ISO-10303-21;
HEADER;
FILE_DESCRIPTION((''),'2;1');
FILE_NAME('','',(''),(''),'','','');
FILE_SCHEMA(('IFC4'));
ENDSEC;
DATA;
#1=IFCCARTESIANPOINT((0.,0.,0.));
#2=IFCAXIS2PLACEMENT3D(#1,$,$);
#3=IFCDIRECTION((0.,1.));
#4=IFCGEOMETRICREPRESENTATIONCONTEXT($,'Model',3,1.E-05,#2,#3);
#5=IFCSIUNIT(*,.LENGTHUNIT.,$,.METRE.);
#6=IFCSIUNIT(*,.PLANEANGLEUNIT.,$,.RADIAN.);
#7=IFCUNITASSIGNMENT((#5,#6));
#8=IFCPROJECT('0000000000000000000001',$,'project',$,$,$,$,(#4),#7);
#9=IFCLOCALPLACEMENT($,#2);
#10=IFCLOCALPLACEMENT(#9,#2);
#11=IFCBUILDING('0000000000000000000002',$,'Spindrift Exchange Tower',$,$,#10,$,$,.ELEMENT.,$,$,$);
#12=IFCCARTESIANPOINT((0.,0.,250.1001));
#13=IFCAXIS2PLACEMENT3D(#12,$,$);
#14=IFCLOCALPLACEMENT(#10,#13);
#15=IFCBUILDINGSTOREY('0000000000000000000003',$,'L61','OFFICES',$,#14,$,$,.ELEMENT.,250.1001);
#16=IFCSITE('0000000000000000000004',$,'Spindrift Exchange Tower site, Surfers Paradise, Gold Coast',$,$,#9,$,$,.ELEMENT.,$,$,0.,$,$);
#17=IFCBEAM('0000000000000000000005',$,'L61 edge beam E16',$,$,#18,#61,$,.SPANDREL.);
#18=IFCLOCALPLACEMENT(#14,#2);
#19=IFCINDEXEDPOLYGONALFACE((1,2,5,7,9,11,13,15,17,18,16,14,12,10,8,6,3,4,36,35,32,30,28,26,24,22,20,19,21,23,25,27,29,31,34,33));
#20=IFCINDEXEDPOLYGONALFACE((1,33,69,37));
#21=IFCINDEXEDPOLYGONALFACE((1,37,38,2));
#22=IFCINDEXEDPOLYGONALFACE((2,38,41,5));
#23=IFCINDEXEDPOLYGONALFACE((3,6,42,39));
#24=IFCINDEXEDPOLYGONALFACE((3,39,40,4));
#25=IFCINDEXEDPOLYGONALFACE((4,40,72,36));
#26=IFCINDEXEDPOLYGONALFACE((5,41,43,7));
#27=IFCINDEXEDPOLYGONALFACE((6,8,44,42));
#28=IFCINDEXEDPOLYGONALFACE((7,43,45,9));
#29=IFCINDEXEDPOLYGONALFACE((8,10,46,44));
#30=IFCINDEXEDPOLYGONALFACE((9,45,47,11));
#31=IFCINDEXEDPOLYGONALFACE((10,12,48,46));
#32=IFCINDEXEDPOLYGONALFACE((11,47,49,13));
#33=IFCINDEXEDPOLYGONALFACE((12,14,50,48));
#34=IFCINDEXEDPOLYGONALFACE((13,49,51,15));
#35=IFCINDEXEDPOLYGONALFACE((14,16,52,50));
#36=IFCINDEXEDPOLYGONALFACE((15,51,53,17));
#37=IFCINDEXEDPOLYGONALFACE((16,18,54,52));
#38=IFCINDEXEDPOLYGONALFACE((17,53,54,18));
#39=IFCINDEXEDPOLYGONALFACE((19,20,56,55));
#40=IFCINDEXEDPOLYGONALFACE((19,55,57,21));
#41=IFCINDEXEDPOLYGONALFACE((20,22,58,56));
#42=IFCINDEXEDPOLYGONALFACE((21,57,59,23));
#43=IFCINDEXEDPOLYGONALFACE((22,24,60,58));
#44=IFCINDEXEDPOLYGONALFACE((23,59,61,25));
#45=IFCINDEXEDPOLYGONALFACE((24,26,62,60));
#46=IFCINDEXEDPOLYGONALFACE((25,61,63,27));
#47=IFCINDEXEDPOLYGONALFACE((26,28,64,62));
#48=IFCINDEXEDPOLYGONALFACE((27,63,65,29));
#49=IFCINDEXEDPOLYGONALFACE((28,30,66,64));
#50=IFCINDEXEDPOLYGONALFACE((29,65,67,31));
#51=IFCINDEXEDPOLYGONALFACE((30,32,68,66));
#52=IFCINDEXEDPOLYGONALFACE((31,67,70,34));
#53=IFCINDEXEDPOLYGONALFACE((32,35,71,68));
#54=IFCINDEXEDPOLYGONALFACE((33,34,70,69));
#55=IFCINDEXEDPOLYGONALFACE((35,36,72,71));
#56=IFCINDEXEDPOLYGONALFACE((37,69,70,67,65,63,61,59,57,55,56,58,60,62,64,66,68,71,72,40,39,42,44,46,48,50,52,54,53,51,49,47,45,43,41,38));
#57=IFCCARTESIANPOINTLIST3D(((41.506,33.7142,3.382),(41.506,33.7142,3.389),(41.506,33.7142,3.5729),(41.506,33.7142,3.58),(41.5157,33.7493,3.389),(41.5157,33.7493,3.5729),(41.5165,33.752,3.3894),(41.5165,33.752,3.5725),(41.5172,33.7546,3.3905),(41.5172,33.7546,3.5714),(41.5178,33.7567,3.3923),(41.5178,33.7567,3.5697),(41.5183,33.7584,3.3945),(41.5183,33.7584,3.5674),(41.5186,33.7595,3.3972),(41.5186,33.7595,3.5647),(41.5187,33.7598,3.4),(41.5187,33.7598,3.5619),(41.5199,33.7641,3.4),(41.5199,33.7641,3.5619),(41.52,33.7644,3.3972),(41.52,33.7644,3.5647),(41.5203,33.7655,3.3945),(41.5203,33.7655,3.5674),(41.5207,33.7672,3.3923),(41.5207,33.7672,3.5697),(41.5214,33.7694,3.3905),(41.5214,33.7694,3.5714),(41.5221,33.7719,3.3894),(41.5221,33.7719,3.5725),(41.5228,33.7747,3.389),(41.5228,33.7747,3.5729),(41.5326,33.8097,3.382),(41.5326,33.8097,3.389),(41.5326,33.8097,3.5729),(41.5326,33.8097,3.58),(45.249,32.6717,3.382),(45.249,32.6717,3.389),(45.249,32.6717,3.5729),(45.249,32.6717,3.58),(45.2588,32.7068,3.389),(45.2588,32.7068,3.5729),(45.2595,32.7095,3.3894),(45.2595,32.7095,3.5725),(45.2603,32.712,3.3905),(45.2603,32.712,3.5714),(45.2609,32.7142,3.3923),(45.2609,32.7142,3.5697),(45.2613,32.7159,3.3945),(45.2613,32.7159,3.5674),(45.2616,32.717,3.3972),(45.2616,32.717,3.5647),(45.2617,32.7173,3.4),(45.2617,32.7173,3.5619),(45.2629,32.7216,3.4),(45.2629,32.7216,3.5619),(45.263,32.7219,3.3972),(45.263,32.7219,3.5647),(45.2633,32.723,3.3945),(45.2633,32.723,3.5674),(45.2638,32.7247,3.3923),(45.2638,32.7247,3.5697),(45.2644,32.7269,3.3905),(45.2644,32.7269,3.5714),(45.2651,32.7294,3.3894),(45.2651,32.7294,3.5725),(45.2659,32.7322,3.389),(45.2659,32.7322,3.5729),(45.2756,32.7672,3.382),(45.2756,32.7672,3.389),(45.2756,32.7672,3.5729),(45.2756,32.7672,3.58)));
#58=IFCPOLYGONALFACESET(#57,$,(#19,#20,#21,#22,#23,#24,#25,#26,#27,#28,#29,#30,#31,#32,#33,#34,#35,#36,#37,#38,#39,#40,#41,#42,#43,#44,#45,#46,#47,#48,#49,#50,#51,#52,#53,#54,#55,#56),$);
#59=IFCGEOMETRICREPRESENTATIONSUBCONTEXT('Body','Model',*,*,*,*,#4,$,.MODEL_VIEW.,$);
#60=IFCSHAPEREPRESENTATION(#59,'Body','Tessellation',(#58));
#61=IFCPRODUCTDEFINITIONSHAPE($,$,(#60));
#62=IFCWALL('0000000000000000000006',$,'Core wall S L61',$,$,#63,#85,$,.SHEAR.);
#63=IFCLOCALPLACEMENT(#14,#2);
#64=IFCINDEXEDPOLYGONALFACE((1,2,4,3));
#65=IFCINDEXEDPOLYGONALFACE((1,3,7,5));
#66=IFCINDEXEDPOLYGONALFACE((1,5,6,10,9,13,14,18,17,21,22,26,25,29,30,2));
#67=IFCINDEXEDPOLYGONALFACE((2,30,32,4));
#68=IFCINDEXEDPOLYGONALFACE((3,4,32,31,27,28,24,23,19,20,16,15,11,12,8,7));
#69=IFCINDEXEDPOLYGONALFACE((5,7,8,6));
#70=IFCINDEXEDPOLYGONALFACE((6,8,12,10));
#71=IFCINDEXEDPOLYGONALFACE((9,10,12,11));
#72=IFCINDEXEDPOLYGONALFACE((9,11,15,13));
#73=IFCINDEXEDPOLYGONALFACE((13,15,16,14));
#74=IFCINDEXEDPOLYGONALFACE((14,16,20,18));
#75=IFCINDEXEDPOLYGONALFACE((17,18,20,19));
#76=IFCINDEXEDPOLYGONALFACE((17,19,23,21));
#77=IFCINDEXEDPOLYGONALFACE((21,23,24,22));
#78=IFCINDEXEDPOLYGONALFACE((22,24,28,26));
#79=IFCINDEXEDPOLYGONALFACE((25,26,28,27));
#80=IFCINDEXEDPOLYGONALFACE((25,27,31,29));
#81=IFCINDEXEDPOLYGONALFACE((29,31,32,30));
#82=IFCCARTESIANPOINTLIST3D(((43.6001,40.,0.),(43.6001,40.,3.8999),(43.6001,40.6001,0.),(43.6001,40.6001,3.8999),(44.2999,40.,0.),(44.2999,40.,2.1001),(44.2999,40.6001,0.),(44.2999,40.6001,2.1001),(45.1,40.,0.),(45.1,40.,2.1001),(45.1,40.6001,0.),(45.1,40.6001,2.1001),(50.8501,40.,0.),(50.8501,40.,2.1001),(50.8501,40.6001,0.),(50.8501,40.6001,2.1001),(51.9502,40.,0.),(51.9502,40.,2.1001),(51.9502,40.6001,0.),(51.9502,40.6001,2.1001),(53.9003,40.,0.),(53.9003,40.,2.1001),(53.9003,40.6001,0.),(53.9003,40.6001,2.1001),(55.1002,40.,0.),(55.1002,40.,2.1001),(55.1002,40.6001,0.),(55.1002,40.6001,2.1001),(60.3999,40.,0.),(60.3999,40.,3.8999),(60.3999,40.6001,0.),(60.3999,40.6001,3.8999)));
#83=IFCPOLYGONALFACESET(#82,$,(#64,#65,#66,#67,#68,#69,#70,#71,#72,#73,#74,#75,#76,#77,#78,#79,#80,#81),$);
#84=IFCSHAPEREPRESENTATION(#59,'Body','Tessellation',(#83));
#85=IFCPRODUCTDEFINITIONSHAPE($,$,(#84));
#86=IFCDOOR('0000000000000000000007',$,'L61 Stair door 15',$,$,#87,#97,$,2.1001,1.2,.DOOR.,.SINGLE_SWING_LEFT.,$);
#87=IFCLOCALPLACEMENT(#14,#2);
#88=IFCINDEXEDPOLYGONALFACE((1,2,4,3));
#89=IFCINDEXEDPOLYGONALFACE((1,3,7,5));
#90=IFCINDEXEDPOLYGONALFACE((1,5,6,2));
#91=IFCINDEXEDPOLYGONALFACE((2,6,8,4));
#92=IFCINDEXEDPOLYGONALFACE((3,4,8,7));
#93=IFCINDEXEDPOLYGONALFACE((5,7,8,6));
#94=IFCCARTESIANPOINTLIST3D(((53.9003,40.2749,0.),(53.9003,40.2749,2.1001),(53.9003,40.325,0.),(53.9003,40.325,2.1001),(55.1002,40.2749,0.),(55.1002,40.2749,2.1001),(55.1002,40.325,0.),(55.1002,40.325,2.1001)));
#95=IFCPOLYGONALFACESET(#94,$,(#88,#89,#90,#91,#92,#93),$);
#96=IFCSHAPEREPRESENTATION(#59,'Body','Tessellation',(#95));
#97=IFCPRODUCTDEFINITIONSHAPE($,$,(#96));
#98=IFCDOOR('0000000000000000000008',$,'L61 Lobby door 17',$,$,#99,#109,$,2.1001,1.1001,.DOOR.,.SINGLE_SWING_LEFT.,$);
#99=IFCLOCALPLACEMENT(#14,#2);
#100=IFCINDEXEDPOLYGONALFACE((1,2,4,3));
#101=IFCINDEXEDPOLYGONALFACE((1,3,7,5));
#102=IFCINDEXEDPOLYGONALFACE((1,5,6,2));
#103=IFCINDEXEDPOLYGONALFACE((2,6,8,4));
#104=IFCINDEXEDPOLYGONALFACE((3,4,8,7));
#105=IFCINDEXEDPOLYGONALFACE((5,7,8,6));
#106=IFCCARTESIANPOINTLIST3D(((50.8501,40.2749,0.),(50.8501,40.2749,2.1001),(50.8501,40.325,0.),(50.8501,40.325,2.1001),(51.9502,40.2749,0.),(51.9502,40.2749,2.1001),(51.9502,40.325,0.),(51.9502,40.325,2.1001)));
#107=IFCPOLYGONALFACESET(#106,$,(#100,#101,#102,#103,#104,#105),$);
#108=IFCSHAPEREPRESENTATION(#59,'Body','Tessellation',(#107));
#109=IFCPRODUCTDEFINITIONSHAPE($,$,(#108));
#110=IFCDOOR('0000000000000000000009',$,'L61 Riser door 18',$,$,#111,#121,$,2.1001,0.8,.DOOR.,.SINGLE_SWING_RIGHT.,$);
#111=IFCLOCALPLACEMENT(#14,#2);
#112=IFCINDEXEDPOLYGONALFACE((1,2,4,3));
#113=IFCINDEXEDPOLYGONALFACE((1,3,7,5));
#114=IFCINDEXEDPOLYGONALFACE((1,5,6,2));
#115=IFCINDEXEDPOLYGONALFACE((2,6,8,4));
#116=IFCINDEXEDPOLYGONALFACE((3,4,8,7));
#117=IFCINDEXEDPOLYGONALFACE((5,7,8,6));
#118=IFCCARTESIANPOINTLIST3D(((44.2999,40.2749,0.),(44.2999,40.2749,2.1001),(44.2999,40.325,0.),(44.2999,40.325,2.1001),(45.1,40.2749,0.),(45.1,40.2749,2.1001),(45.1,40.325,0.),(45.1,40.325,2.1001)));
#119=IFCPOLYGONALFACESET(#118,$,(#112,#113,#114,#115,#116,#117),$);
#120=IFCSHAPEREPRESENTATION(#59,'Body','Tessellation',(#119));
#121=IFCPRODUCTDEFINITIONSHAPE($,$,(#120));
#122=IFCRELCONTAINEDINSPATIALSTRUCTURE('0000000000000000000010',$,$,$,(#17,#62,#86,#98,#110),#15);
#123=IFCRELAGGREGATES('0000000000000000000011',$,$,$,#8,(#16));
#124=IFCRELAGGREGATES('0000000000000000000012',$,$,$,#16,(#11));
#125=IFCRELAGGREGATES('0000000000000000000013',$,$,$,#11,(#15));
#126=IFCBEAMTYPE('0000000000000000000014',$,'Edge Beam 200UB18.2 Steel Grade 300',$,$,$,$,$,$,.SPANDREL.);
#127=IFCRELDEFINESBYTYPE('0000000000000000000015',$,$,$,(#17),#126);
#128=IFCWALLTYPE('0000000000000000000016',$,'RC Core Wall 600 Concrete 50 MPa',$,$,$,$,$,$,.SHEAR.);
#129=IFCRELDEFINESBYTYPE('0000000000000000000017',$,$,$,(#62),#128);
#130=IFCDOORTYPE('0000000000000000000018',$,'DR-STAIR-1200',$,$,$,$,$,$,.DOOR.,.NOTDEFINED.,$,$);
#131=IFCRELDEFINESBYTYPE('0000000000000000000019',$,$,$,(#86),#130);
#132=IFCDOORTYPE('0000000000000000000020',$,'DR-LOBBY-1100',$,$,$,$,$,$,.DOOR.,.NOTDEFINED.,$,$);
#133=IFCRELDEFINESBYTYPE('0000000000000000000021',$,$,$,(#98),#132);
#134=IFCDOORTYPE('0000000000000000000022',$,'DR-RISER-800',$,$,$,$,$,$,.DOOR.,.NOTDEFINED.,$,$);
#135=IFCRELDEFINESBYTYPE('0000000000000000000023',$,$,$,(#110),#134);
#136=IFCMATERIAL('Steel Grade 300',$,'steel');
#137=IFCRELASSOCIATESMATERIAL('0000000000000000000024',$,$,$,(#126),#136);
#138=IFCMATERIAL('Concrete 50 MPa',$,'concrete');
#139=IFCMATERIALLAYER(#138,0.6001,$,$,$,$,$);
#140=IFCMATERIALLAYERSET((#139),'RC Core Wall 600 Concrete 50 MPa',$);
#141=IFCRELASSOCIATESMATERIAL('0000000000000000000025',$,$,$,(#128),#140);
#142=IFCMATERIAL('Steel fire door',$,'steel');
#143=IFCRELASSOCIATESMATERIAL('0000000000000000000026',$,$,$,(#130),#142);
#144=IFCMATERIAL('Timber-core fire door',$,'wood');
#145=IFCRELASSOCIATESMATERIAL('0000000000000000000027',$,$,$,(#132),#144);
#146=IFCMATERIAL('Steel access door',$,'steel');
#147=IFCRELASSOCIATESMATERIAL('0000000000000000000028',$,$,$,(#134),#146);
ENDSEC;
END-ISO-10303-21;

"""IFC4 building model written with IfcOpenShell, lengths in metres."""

from ifc_helpers import new_model, si_unit, direction, frame, frame_2d, origin, origin_2d, place, context, subcontext, project, spatial, rectangle, i_section, extrude, source, transform, mapped, material, layer, layer_set, material_profile, profile_set, type_object, element, fill, save


model = new_model("IFC4")

# Units and contexts
model_context = context("Model", 3, precision=1e-05, world=origin(), true_north=direction((0.0, 1.0)))
body_context = subcontext(model_context, "Body", "Model", "MODEL_VIEW")
ifc_project = project(units=[si_unit("LENGTHUNIT", "METRE"), si_unit("PLANEANGLEUNIT", "RADIAN")], contexts=[model_context])

# Site, building, storey
site_placement = place(None, origin())
site = spatial("IfcSite", under=ifc_project, at=site_placement, Name="Spindrift Exchange Tower site, Surfers Paradise, Gold Coast", CompositionType="ELEMENT", RefElevation=0.0)
building_placement = place(site_placement, origin())
building = spatial("IfcBuilding", under=site, at=building_placement, Name="Spindrift Exchange Tower", CompositionType="ELEMENT")
storey_placement = place(building_placement, frame((0.0, 0.0, 250.1001)))
storey = spatial("IfcBuildingStorey", under=building, at=storey_placement, Name="L61", Description="OFFICES", CompositionType="ELEMENT", Elevation=250.1001)

# Beam
ifc_material_1 = material(Name="Steel Grade 300", Category="steel")
ifc_material_profile_1 = material_profile(ifc_material_1, i_section(OverallWidth=0.0991, OverallDepth=0.198, WebThickness=0.0044, FlangeThickness=0.0071, FilletRadius=0.011, at=origin_2d()), Name="200UB18.2")
ifc_profile_set_1 = profile_set([ifc_material_profile_1], Name="Steel Grade 300")
beam_type_1 = type_object("IfcBeamType", Name="Edge Beam 200UB18.2 Steel Grade 300", PredefinedType="SPANDREL", material=ifc_profile_set_1)
shared_shape_1 = source(origin(), body_context, "Body", "SweptSolid", [
    extrude(i_section(OverallWidth=0.0991, OverallDepth=0.198, WebThickness=0.0044, FlangeThickness=0.0071, FilletRadius=0.011, at=origin_2d()), origin(), (0.0, 0.0, 1.0), 3.8855),
])
beam_1_placement = place(storey_placement, frame((41.5193, 33.762, 3.481), z_axis=(0.963333, -0.268308, 0.0), x_axis=(0.268308, 0.963333, 0.0)))
element("IfcBeam", 1, at=beam_1_placement, inside=storey, type_object=beam_type_1, Name="L61 edge beam E16", PredefinedType="SPANDREL", context=body_context, shape_type="MappedRepresentation", body=[
    mapped(shared_shape_1, transform((0.0, 0.0, 0.0), scale=1.0)),
])

# Wall, openings, doors
ifc_material_2 = material(Name="Concrete 50 MPa", Category="concrete")
ifc_layer_1 = layer(ifc_material_2, 0.6001)
ifc_layer_set_1 = layer_set([ifc_layer_1], Name="RC Core Wall 600 Concrete 50 MPa")
wall_type_1 = type_object("IfcWallType", Name="RC Core Wall 600 Concrete 50 MPa", PredefinedType="SHEAR", material=ifc_layer_set_1)
wall_1_placement = place(storey_placement, frame((43.6001, 40.3, 0.0), z_axis=(0.0, 0.0, 1.0), x_axis=(1.0, 0.0, 0.0)))
wall_1 = element("IfcWall", 2, at=wall_1_placement, inside=storey, type_object=wall_type_1, Name="Core wall S L61", PredefinedType="SHEAR", context=body_context, shape_type="SweptSolid", body=[
    extrude(rectangle(XDim=16.7998, YDim=0.6001, at=frame_2d((8.3999, 0.0))), origin(), (0.0, 0.0, 1.0), 3.8999),
])
opening_1_placement = place(wall_1_placement, frame((10.3, 0.0, 0.0)))
opening_1 = element("IfcOpeningElement", 3, at=opening_1_placement, cuts=wall_1, PredefinedType="OPENING", context=body_context, shape_type="SweptSolid", body=[
    extrude(rectangle(XDim=1.2, YDim=2.1001, at=frame_2d((0.6001, 1.05))), frame((0.0, 0.3101, 0.0), z_axis=(0.0, -1.0, 0.0), x_axis=(1.0, 0.0, 0.0)), (0.0, 0.0, 1.0), 0.6201),
])
opening_2_placement = place(wall_1_placement, frame((7.25, 0.0, 0.0)))
opening_2 = element("IfcOpeningElement", 4, at=opening_2_placement, cuts=wall_1, PredefinedType="OPENING", context=body_context, shape_type="SweptSolid", body=[
    extrude(rectangle(XDim=1.1001, YDim=2.1001, at=frame_2d((0.55, 1.05))), frame((0.0, 0.3101, 0.0), z_axis=(0.0, -1.0, 0.0), x_axis=(1.0, 0.0, 0.0)), (0.0, 0.0, 1.0), 0.6201),
])
opening_3_placement = place(wall_1_placement, frame((0.7, 0.0, 0.0)))
opening_3 = element("IfcOpeningElement", 5, at=opening_3_placement, cuts=wall_1, PredefinedType="OPENING", context=body_context, shape_type="SweptSolid", body=[
    extrude(rectangle(XDim=0.8, YDim=2.1001, at=frame_2d((0.3999, 1.05))), frame((0.0, 0.3101, 0.0), z_axis=(0.0, -1.0, 0.0), x_axis=(1.0, 0.0, 0.0)), (0.0, 0.0, 1.0), 0.6201),
])
ifc_material_3 = material(Name="Steel fire door", Category="steel")
door_type_1 = type_object("IfcDoorType", Name="DR-STAIR-1200", OperationType="NOTDEFINED", PredefinedType="DOOR", material=ifc_material_3)
shared_shape_2 = source(origin(), body_context, "Body", "SweptSolid", [
    extrude(rectangle(XDim=1.2, YDim=2.1001, at=frame_2d((0.6001, 1.05))), frame((0.0, 0.0249, 0.0), z_axis=(0.0, -1.0, 0.0), x_axis=(1.0, 0.0, 0.0)), (0.0, 0.0, 1.0), 0.05),
])
door_1_placement = place(opening_1_placement, origin())
door_1 = element("IfcDoor", 6, at=door_1_placement, inside=storey, type_object=door_type_1, Name="L61 Stair door 15", OperationType="SINGLE_SWING_LEFT", OverallHeight=2.1001, OverallWidth=1.2, PredefinedType="DOOR", context=body_context, shape_type="MappedRepresentation", body=[
    mapped(shared_shape_2, transform((0.0, 0.0, 0.0), scale=1.0)),
])
fill(opening_1, door_1)
ifc_material_4 = material(Name="Timber-core fire door", Category="wood")
door_type_2 = type_object("IfcDoorType", Name="DR-LOBBY-1100", OperationType="NOTDEFINED", PredefinedType="DOOR", material=ifc_material_4)
shared_shape_3 = source(origin(), body_context, "Body", "SweptSolid", [
    extrude(rectangle(XDim=1.1001, YDim=2.1001, at=frame_2d((0.55, 1.05))), frame((0.0, 0.0249, 0.0), z_axis=(0.0, -1.0, 0.0), x_axis=(1.0, 0.0, 0.0)), (0.0, 0.0, 1.0), 0.05),
])
door_2_placement = place(opening_2_placement, origin())
door_2 = element("IfcDoor", 7, at=door_2_placement, inside=storey, type_object=door_type_2, Name="L61 Lobby door 17", OperationType="SINGLE_SWING_LEFT", OverallHeight=2.1001, OverallWidth=1.1001, PredefinedType="DOOR", context=body_context, shape_type="MappedRepresentation", body=[
    mapped(shared_shape_3, transform((0.0, 0.0, 0.0), scale=1.0)),
])
fill(opening_2, door_2)
ifc_material_5 = material(Name="Steel access door", Category="steel")
door_type_3 = type_object("IfcDoorType", Name="DR-RISER-800", OperationType="NOTDEFINED", PredefinedType="DOOR", material=ifc_material_5)
shared_shape_4 = source(origin(), body_context, "Body", "SweptSolid", [
    extrude(rectangle(XDim=0.8, YDim=2.1001, at=frame_2d((0.3999, 1.05))), frame((0.0, 0.0249, 0.0), z_axis=(0.0, -1.0, 0.0), x_axis=(1.0, 0.0, 0.0)), (0.0, 0.0, 1.0), 0.05),
])
door_3_placement = place(opening_3_placement, origin())
door_3 = element("IfcDoor", 8, at=door_3_placement, inside=storey, type_object=door_type_3, Name="L61 Riser door 18", OperationType="SINGLE_SWING_RIGHT", OverallHeight=2.1001, OverallWidth=0.8, PredefinedType="DOOR", context=body_context, shape_type="MappedRepresentation", body=[
    mapped(shared_shape_4, transform((0.0, 0.0, 0.0), scale=1.0)),
])
fill(opening_3, door_3)

save(model, "model.ifc")
